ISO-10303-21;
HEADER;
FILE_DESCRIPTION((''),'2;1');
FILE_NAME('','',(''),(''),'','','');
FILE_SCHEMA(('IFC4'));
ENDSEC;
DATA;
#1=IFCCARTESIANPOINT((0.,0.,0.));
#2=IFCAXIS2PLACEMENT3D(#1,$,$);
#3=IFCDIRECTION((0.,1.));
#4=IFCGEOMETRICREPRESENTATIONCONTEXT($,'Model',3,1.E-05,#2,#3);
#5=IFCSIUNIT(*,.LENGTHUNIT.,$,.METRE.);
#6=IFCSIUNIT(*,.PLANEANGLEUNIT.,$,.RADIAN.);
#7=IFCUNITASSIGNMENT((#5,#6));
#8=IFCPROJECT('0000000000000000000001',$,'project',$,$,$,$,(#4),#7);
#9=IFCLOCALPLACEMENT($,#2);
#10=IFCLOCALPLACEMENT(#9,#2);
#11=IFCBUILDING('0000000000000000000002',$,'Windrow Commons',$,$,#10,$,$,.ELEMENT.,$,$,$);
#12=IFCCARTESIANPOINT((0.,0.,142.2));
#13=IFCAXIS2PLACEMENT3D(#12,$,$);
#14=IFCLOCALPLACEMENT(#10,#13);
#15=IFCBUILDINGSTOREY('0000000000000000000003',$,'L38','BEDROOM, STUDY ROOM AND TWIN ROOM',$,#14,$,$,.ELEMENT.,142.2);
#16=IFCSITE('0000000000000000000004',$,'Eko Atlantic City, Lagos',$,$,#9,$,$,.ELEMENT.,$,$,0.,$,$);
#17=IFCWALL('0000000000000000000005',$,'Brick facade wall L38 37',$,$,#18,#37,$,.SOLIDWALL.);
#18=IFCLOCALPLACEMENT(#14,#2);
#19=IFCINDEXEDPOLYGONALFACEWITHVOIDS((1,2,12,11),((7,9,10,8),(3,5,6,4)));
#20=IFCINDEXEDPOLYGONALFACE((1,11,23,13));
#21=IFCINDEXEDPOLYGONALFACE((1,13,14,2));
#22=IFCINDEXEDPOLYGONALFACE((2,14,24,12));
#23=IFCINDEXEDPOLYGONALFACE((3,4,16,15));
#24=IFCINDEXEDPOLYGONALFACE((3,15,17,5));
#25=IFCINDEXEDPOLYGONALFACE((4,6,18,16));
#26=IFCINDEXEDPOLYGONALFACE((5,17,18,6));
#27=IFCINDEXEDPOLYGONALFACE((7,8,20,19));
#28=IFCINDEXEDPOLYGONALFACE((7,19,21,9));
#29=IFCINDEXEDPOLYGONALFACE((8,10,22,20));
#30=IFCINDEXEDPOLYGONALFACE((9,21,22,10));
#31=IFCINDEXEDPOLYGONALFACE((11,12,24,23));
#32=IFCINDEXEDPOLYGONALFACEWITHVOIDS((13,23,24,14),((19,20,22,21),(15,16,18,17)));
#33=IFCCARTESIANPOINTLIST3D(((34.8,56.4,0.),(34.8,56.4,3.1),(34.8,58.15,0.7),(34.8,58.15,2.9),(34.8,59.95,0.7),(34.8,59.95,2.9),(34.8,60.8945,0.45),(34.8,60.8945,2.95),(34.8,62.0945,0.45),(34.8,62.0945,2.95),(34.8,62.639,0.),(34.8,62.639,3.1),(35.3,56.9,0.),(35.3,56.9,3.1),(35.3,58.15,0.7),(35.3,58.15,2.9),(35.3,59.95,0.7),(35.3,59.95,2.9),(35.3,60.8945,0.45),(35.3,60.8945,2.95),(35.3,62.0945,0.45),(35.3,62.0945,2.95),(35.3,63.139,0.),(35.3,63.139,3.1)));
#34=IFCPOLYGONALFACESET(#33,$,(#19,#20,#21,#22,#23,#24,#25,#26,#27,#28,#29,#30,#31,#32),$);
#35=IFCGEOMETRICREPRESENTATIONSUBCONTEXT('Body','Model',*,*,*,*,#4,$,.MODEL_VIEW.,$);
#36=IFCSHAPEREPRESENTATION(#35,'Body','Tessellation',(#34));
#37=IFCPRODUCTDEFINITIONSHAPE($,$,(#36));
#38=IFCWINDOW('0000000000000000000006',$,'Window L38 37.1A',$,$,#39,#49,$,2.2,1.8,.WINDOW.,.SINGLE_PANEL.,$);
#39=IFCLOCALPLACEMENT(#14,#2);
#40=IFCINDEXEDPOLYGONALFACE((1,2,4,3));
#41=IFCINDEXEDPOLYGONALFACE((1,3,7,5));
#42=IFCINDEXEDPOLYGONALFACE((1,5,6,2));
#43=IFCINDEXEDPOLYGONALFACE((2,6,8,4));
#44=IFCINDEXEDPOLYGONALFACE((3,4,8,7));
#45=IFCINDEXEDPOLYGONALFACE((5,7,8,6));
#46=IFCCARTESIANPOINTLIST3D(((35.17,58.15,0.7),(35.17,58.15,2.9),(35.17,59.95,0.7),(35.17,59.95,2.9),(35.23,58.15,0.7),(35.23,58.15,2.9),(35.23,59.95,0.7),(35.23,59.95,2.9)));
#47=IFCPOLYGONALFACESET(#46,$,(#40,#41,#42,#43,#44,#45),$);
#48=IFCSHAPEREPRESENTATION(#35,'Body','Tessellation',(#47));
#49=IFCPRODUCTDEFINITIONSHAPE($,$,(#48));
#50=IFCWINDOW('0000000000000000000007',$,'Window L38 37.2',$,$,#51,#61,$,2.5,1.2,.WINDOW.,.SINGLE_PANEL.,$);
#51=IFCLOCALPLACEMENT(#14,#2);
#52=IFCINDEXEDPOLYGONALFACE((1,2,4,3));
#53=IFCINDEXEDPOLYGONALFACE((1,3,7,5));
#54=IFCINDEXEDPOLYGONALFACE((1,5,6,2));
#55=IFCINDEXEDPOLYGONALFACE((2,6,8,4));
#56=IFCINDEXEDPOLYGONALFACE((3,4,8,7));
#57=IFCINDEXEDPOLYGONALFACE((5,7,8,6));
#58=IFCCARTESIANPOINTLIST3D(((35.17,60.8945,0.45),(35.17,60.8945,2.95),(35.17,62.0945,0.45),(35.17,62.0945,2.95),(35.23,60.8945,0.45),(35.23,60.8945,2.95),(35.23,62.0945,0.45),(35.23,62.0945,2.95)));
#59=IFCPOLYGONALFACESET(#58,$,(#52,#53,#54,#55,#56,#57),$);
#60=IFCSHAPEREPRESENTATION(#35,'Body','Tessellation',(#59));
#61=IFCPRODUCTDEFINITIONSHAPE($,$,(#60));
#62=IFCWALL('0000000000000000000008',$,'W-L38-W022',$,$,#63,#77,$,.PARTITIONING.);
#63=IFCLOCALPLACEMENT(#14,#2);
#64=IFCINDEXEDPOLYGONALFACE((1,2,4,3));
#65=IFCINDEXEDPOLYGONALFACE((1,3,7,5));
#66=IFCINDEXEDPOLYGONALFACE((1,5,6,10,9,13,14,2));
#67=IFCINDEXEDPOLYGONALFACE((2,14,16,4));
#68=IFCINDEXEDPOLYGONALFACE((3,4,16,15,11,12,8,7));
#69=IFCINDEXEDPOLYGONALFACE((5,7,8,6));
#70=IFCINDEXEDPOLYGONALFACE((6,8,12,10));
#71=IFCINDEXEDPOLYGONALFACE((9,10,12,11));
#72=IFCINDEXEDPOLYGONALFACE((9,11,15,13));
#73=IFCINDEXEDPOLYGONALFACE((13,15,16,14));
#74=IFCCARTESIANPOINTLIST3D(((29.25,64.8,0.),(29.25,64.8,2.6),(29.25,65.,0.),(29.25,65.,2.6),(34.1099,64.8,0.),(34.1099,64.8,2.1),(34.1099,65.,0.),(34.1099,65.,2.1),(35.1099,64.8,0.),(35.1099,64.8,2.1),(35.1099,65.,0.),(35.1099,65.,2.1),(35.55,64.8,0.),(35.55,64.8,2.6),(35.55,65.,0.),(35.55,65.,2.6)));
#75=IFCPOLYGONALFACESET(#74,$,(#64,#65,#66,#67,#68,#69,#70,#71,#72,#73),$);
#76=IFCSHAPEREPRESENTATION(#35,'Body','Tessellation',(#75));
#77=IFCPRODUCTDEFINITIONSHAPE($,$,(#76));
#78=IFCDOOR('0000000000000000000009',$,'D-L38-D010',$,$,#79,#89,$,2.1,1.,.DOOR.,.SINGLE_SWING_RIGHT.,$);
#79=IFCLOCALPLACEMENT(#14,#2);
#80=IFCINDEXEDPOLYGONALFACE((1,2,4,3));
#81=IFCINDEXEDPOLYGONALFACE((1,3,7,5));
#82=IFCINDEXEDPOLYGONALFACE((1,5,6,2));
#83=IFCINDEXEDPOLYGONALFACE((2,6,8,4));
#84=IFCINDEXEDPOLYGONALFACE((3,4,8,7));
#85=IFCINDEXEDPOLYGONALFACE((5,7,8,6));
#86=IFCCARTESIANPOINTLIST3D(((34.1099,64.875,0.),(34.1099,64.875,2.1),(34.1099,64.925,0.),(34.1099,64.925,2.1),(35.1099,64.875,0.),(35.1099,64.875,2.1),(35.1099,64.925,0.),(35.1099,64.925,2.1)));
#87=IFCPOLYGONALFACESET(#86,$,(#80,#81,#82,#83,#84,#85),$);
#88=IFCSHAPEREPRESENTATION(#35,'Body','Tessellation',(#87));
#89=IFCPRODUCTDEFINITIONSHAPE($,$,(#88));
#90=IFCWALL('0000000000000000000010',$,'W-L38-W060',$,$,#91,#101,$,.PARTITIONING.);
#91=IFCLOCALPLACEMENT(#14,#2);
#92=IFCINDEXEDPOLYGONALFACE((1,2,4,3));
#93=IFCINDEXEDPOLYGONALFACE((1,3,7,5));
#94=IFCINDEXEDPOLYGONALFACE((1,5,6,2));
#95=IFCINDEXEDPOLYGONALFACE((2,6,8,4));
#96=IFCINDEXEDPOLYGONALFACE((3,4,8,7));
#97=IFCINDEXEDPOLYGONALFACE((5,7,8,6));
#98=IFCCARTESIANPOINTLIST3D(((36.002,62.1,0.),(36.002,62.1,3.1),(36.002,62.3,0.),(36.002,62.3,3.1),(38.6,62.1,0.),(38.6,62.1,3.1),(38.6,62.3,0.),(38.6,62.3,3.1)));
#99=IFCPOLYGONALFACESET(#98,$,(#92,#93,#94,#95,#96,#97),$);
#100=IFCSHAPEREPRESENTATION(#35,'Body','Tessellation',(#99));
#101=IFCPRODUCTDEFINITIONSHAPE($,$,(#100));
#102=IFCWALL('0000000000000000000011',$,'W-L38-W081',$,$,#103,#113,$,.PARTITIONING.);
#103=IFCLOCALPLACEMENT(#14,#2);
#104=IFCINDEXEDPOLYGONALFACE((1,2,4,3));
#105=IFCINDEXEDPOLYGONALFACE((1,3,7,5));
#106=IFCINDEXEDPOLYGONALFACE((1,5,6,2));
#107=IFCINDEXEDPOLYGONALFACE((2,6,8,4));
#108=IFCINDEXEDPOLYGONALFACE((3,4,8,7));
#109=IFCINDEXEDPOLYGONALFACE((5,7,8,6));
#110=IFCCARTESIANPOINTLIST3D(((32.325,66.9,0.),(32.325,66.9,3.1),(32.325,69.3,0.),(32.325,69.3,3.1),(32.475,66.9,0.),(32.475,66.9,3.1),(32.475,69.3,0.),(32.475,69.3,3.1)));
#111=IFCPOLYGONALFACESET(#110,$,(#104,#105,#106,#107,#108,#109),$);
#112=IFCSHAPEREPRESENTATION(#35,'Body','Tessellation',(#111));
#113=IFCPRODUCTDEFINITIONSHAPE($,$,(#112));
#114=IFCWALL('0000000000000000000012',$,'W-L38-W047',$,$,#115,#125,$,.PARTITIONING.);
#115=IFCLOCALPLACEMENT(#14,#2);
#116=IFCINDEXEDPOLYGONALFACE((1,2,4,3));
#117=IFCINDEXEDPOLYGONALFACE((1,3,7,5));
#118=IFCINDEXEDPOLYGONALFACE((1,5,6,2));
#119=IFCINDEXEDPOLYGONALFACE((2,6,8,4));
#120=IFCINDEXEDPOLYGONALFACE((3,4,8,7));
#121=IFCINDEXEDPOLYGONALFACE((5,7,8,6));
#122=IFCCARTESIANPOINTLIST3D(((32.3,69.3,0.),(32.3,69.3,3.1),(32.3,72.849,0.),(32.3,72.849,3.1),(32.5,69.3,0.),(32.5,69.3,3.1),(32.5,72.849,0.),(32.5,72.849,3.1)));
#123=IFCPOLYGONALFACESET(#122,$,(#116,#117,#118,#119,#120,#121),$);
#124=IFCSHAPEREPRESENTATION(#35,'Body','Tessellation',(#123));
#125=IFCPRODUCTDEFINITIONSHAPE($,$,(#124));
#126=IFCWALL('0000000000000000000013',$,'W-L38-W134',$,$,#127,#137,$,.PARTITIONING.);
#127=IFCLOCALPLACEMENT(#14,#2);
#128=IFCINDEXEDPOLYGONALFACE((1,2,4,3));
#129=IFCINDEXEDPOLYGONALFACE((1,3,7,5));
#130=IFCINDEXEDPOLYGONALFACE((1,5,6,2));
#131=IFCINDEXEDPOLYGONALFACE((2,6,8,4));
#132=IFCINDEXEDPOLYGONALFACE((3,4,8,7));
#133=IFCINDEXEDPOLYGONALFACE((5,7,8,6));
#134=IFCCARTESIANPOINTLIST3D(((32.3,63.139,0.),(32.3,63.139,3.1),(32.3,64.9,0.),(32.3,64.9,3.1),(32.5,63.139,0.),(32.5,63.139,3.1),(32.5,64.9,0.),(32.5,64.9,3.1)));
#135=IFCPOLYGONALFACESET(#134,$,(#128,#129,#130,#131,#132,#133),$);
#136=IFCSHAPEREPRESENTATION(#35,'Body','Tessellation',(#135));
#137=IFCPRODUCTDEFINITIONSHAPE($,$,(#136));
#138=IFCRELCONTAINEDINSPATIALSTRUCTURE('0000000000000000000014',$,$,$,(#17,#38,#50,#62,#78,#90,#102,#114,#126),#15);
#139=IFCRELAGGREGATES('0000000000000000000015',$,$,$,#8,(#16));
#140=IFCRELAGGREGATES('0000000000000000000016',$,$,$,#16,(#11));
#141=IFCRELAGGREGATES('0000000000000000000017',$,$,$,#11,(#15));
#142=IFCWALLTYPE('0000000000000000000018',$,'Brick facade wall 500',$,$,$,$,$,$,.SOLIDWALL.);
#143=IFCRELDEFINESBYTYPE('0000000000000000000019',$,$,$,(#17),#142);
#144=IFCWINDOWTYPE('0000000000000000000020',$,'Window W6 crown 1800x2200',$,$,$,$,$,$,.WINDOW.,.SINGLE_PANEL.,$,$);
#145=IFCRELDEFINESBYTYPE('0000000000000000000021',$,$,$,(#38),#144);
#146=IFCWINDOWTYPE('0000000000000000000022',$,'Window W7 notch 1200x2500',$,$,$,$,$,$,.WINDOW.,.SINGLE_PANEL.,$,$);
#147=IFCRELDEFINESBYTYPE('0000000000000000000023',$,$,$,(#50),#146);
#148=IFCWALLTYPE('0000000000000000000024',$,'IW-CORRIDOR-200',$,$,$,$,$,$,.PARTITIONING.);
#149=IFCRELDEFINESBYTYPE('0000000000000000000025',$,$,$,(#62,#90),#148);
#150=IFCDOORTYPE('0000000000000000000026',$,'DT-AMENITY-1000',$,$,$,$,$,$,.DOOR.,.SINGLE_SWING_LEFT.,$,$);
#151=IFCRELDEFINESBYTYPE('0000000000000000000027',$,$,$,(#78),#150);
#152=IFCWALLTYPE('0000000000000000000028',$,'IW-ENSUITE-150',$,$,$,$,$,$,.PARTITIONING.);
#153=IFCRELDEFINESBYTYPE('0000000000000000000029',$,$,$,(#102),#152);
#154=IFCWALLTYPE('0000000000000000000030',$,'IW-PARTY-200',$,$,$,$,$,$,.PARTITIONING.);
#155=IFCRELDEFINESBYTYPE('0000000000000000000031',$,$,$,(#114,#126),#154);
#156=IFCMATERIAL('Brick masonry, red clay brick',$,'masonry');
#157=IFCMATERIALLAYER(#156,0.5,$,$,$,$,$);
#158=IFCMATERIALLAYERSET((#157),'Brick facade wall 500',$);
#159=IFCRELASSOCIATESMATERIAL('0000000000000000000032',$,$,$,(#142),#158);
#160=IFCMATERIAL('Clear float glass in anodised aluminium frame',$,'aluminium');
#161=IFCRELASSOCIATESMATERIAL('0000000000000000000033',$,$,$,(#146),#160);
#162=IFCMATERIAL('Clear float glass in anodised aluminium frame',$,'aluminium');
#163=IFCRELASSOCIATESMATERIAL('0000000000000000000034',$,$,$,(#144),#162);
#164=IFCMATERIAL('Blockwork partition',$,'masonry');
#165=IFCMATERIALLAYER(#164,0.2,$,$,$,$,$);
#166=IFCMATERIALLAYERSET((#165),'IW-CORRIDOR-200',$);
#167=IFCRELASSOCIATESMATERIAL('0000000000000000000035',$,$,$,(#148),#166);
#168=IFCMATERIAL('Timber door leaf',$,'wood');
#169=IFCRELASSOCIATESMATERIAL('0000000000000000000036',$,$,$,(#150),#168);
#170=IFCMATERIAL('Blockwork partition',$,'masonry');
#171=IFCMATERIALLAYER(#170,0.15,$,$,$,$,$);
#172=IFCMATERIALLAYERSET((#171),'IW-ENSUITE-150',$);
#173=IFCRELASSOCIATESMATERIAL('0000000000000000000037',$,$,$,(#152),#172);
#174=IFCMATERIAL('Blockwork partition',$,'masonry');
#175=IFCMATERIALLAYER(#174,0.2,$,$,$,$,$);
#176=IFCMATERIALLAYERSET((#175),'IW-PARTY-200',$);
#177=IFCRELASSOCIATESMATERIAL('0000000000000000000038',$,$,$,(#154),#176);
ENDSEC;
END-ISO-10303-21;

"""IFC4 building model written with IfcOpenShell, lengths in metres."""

from ifc_helpers import new_model, si_unit, direction, frame, frame_2d, origin, place, context, subcontext, project, spatial, polyline, rectangle, outline, extrude, material, layer, layer_set, type_object, element, fill, save


model = new_model("IFC4")

# Units and contexts
model_context = context("Model", 3, precision=1e-05, world=origin(), true_north=direction((0.0, 1.0)))
body_context = subcontext(model_context, "Body", "Model", "MODEL_VIEW")
ifc_project = project(units=[si_unit("LENGTHUNIT", "METRE"), si_unit("PLANEANGLEUNIT", "RADIAN")], contexts=[model_context])

# Site, building, storey
site_placement = place(None, origin())
site = spatial("IfcSite", under=ifc_project, at=site_placement, Name="Eko Atlantic City, Lagos", CompositionType="ELEMENT", RefElevation=0.0)
building_placement = place(site_placement, origin())
building = spatial("IfcBuilding", under=site, at=building_placement, Name="Windrow Commons", CompositionType="ELEMENT")
storey_placement = place(building_placement, frame((0.0, 0.0, 142.2)))
storey = spatial("IfcBuildingStorey", under=building, at=storey_placement, Name="L38", Description="BEDROOM, STUDY ROOM AND TWIN ROOM", CompositionType="ELEMENT", Elevation=142.2)

# Shared definitions
ifc_material_1 = material(Name="Brick masonry, red clay brick", Category="masonry")
ifc_layer_1 = layer(ifc_material_1, 0.5)
ifc_layer_set_1 = layer_set([ifc_layer_1], Name="Brick facade wall 500")
wall_type_1 = type_object("IfcWallType", Name="Brick facade wall 500", PredefinedType="SOLIDWALL", material=ifc_layer_set_1)
ifc_material_2 = material(Name="Clear float glass in anodised aluminium frame", Category="aluminium")
window_type_1 = type_object("IfcWindowType", Name="Window W7 notch 1200x2500", PartitioningType="SINGLE_PANEL", PredefinedType="WINDOW", material=ifc_material_2)

# Wall, openings, windows
wall_1_placement = place(storey_placement, frame((35.05, 62.889, 0.0), z_axis=(0.0, 0.0, 1.0), x_axis=(0.0, -1.0, 0.0)))
wall_1 = element("IfcWall", 1, at=wall_1_placement, inside=storey, type_object=wall_type_1, Name="Brick facade wall L38 37", PredefinedType="SOLIDWALL", context=body_context, shape_type="SweptSolid", body=[
    extrude(outline(polyline([(0.25, -0.25), (6.489, -0.25), (5.989, 0.25), (-0.25, 0.25), (0.25, -0.25)])), origin(), (0.0, 0.0, 1.0), 3.1),
])
opening_1_placement = place(wall_1_placement, frame((0.7945, 0.0, 0.45)))
opening_1 = element("IfcOpeningElement", 2, at=opening_1_placement, cuts=wall_1, PredefinedType="OPENING", context=body_context, shape_type="SweptSolid", body=[
    extrude(rectangle(XDim=1.2, YDim=2.5, at=frame_2d((0.6, 1.25))), frame((0.0, 0.26, 0.0), z_axis=(0.0, -1.0, 0.0), x_axis=(1.0, 0.0, 0.0)), (0.0, 0.0, 1.0), 0.52),
])
opening_2_placement = place(wall_1_placement, frame((2.939, 0.0, 0.7)))
opening_2 = element("IfcOpeningElement", 3, at=opening_2_placement, cuts=wall_1, PredefinedType="OPENING", context=body_context, shape_type="SweptSolid", body=[
    extrude(rectangle(XDim=1.8, YDim=2.2, at=frame_2d((0.9, 1.1))), frame((0.0, 0.26, 0.0), z_axis=(0.0, -1.0, 0.0), x_axis=(1.0, 0.0, 0.0)), (0.0, 0.0, 1.0), 0.52),
])
ifc_material_3 = material(Name="Clear float glass in anodised aluminium frame", Category="aluminium")
window_type_2 = type_object("IfcWindowType", Name="Window W6 crown 1800x2200", PartitioningType="SINGLE_PANEL", PredefinedType="WINDOW", material=ifc_material_3)
window_1_placement = place(opening_2_placement, origin())
window_1 = element("IfcWindow", 4, at=window_1_placement, inside=storey, type_object=window_type_2, Name="Window L38 37.1A", OverallHeight=2.2, OverallWidth=1.8, PartitioningType="SINGLE_PANEL", PredefinedType="WINDOW", context=body_context, shape_type="SweptSolid", body=[
    extrude(rectangle(XDim=1.8, YDim=2.2, at=frame_2d((0.9, 1.1))), frame((0.0, 0.18, 0.0), z_axis=(0.0, -1.0, 0.0), x_axis=(1.0, 0.0, 0.0)), (0.0, 0.0, 1.0), 0.06),
])
fill(opening_2, window_1)
window_2_placement = place(opening_1_placement, origin())
window_2 = element("IfcWindow", 5, at=window_2_placement, inside=storey, type_object=window_type_1, Name="Window L38 37.2", OverallHeight=2.5, OverallWidth=1.2, PartitioningType="SINGLE_PANEL", PredefinedType="WINDOW", context=body_context, shape_type="SweptSolid", body=[
    extrude(rectangle(XDim=1.2, YDim=2.5, at=frame_2d((0.6, 1.25))), frame((0.0, 0.18, 0.0), z_axis=(0.0, -1.0, 0.0), x_axis=(1.0, 0.0, 0.0)), (0.0, 0.0, 1.0), 0.06),
])
fill(opening_1, window_2)

# Wall, opening, door
ifc_material_4 = material(Name="Blockwork partition", Category="masonry")
ifc_layer_2 = layer(ifc_material_4, 0.2)
ifc_layer_set_2 = layer_set([ifc_layer_2], Name="IW-CORRIDOR-200")
wall_type_2 = type_object("IfcWallType", Name="IW-CORRIDOR-200", PredefinedType="PARTITIONING", material=ifc_layer_set_2)
wall_2_placement = place(storey_placement, frame((29.25, 64.9, 0.0), z_axis=(0.0, 0.0, 1.0), x_axis=(1.0, 0.0, 0.0)))
wall_2 = element("IfcWall", 6, at=wall_2_placement, inside=storey, type_object=wall_type_2, Name="W-L38-W022", PredefinedType="PARTITIONING", context=body_context, shape_type="SweptSolid", body=[
    extrude(rectangle(XDim=6.3, YDim=0.2, at=frame_2d((3.15, 0.0))), origin(), (0.0, 0.0, 1.0), 2.6),
])
opening_3_placement = place(wall_2_placement, frame((4.8599, 0.0, 0.0)))
opening_3 = element("IfcOpeningElement", 7, at=opening_3_placement, cuts=wall_2, PredefinedType="OPENING", context=body_context, shape_type="SweptSolid", body=[
    extrude(rectangle(XDim=1.0, YDim=2.1, at=frame_2d((0.5, 1.05))), frame((0.0, 0.11, 0.0), z_axis=(0.0, -1.0, 0.0), x_axis=(1.0, 0.0, 0.0)), (0.0, 0.0, 1.0), 0.22),
])
ifc_material_5 = material(Name="Timber door leaf", Category="wood")
door_type = type_object("IfcDoorType", Name="DT-AMENITY-1000", OperationType="SINGLE_SWING_LEFT", PredefinedType="DOOR", material=ifc_material_5)
door_placement = place(opening_3_placement, origin())
door = element("IfcDoor", 8, at=door_placement, inside=storey, type_object=door_type, Name="D-L38-D010", OperationType="SINGLE_SWING_RIGHT", OverallHeight=2.1, OverallWidth=1.0, PredefinedType="DOOR", context=body_context, shape_type="SweptSolid", body=[
    extrude(rectangle(XDim=1.0, YDim=2.1, at=frame_2d((0.5, 1.05))), frame((0.0, 0.025, 0.0), z_axis=(0.0, -1.0, 0.0), x_axis=(1.0, 0.0, 0.0)), (0.0, 0.0, 1.0), 0.05),
])
fill(opening_3, door)

# Walls
wall_3_placement = place(storey_placement, frame((36.002, 62.2, 0.0), z_axis=(0.0, 0.0, 1.0), x_axis=(1.0, 0.0, 0.0)))
element("IfcWall", 9, at=wall_3_placement, inside=storey, type_object=wall_type_2, Name="W-L38-W060", PredefinedType="PARTITIONING", context=body_context, shape_type="SweptSolid", body=[
    extrude(rectangle(XDim=2.598, YDim=0.2, at=frame_2d((1.299, 0.0))), origin(), (0.0, 0.0, 1.0), 3.1),
])
ifc_material_6 = material(Name="Blockwork partition", Category="masonry")
ifc_layer_3 = layer(ifc_material_6, 0.15)
ifc_layer_set_3 = layer_set([ifc_layer_3], Name="IW-ENSUITE-150")
wall_type_3 = type_object("IfcWallType", Name="IW-ENSUITE-150", PredefinedType="PARTITIONING", material=ifc_layer_set_3)
wall_4_placement = place(storey_placement, frame((32.4, 66.9, 0.0), z_axis=(0.0, 0.0, 1.0), x_axis=(0.0, 1.0, 0.0)))
element("IfcWall", 10, at=wall_4_placement, inside=storey, type_object=wall_type_3, Name="W-L38-W081", PredefinedType="PARTITIONING", context=body_context, shape_type="SweptSolid", body=[
    extrude(rectangle(XDim=2.4, YDim=0.15, at=frame_2d((1.2, 0.0))), origin(), (0.0, 0.0, 1.0), 3.1),
])
ifc_material_7 = material(Name="Blockwork partition", Category="masonry")
ifc_layer_4 = layer(ifc_material_7, 0.2)
ifc_layer_set_4 = layer_set([ifc_layer_4], Name="IW-PARTY-200")
wall_type_4 = type_object("IfcWallType", Name="IW-PARTY-200", PredefinedType="PARTITIONING", material=ifc_layer_set_4)
wall_5_placement = place(storey_placement, frame((32.4, 69.3, 0.0), z_axis=(0.0, 0.0, 1.0), x_axis=(0.0, 1.0, 0.0)))
element("IfcWall", 11, at=wall_5_placement, inside=storey, type_object=wall_type_4, Name="W-L38-W047", PredefinedType="PARTITIONING", context=body_context, shape_type="SweptSolid", body=[
    extrude(rectangle(XDim=3.549, YDim=0.2, at=frame_2d((1.7745, 0.0))), origin(), (0.0, 0.0, 1.0), 3.1),
])
wall_6_placement = place(storey_placement, frame((32.4, 63.139, 0.0), z_axis=(0.0, 0.0, 1.0), x_axis=(0.0, 1.0, 0.0)))
element("IfcWall", 12, at=wall_6_placement, inside=storey, type_object=wall_type_4, Name="W-L38-W134", PredefinedType="PARTITIONING", context=body_context, shape_type="SweptSolid", body=[
    extrude(rectangle(XDim=1.761, YDim=0.2, at=frame_2d((0.8805, 0.0))), origin(), (0.0, 0.0, 1.0), 3.1),
])

save(model, "model.ifc")
